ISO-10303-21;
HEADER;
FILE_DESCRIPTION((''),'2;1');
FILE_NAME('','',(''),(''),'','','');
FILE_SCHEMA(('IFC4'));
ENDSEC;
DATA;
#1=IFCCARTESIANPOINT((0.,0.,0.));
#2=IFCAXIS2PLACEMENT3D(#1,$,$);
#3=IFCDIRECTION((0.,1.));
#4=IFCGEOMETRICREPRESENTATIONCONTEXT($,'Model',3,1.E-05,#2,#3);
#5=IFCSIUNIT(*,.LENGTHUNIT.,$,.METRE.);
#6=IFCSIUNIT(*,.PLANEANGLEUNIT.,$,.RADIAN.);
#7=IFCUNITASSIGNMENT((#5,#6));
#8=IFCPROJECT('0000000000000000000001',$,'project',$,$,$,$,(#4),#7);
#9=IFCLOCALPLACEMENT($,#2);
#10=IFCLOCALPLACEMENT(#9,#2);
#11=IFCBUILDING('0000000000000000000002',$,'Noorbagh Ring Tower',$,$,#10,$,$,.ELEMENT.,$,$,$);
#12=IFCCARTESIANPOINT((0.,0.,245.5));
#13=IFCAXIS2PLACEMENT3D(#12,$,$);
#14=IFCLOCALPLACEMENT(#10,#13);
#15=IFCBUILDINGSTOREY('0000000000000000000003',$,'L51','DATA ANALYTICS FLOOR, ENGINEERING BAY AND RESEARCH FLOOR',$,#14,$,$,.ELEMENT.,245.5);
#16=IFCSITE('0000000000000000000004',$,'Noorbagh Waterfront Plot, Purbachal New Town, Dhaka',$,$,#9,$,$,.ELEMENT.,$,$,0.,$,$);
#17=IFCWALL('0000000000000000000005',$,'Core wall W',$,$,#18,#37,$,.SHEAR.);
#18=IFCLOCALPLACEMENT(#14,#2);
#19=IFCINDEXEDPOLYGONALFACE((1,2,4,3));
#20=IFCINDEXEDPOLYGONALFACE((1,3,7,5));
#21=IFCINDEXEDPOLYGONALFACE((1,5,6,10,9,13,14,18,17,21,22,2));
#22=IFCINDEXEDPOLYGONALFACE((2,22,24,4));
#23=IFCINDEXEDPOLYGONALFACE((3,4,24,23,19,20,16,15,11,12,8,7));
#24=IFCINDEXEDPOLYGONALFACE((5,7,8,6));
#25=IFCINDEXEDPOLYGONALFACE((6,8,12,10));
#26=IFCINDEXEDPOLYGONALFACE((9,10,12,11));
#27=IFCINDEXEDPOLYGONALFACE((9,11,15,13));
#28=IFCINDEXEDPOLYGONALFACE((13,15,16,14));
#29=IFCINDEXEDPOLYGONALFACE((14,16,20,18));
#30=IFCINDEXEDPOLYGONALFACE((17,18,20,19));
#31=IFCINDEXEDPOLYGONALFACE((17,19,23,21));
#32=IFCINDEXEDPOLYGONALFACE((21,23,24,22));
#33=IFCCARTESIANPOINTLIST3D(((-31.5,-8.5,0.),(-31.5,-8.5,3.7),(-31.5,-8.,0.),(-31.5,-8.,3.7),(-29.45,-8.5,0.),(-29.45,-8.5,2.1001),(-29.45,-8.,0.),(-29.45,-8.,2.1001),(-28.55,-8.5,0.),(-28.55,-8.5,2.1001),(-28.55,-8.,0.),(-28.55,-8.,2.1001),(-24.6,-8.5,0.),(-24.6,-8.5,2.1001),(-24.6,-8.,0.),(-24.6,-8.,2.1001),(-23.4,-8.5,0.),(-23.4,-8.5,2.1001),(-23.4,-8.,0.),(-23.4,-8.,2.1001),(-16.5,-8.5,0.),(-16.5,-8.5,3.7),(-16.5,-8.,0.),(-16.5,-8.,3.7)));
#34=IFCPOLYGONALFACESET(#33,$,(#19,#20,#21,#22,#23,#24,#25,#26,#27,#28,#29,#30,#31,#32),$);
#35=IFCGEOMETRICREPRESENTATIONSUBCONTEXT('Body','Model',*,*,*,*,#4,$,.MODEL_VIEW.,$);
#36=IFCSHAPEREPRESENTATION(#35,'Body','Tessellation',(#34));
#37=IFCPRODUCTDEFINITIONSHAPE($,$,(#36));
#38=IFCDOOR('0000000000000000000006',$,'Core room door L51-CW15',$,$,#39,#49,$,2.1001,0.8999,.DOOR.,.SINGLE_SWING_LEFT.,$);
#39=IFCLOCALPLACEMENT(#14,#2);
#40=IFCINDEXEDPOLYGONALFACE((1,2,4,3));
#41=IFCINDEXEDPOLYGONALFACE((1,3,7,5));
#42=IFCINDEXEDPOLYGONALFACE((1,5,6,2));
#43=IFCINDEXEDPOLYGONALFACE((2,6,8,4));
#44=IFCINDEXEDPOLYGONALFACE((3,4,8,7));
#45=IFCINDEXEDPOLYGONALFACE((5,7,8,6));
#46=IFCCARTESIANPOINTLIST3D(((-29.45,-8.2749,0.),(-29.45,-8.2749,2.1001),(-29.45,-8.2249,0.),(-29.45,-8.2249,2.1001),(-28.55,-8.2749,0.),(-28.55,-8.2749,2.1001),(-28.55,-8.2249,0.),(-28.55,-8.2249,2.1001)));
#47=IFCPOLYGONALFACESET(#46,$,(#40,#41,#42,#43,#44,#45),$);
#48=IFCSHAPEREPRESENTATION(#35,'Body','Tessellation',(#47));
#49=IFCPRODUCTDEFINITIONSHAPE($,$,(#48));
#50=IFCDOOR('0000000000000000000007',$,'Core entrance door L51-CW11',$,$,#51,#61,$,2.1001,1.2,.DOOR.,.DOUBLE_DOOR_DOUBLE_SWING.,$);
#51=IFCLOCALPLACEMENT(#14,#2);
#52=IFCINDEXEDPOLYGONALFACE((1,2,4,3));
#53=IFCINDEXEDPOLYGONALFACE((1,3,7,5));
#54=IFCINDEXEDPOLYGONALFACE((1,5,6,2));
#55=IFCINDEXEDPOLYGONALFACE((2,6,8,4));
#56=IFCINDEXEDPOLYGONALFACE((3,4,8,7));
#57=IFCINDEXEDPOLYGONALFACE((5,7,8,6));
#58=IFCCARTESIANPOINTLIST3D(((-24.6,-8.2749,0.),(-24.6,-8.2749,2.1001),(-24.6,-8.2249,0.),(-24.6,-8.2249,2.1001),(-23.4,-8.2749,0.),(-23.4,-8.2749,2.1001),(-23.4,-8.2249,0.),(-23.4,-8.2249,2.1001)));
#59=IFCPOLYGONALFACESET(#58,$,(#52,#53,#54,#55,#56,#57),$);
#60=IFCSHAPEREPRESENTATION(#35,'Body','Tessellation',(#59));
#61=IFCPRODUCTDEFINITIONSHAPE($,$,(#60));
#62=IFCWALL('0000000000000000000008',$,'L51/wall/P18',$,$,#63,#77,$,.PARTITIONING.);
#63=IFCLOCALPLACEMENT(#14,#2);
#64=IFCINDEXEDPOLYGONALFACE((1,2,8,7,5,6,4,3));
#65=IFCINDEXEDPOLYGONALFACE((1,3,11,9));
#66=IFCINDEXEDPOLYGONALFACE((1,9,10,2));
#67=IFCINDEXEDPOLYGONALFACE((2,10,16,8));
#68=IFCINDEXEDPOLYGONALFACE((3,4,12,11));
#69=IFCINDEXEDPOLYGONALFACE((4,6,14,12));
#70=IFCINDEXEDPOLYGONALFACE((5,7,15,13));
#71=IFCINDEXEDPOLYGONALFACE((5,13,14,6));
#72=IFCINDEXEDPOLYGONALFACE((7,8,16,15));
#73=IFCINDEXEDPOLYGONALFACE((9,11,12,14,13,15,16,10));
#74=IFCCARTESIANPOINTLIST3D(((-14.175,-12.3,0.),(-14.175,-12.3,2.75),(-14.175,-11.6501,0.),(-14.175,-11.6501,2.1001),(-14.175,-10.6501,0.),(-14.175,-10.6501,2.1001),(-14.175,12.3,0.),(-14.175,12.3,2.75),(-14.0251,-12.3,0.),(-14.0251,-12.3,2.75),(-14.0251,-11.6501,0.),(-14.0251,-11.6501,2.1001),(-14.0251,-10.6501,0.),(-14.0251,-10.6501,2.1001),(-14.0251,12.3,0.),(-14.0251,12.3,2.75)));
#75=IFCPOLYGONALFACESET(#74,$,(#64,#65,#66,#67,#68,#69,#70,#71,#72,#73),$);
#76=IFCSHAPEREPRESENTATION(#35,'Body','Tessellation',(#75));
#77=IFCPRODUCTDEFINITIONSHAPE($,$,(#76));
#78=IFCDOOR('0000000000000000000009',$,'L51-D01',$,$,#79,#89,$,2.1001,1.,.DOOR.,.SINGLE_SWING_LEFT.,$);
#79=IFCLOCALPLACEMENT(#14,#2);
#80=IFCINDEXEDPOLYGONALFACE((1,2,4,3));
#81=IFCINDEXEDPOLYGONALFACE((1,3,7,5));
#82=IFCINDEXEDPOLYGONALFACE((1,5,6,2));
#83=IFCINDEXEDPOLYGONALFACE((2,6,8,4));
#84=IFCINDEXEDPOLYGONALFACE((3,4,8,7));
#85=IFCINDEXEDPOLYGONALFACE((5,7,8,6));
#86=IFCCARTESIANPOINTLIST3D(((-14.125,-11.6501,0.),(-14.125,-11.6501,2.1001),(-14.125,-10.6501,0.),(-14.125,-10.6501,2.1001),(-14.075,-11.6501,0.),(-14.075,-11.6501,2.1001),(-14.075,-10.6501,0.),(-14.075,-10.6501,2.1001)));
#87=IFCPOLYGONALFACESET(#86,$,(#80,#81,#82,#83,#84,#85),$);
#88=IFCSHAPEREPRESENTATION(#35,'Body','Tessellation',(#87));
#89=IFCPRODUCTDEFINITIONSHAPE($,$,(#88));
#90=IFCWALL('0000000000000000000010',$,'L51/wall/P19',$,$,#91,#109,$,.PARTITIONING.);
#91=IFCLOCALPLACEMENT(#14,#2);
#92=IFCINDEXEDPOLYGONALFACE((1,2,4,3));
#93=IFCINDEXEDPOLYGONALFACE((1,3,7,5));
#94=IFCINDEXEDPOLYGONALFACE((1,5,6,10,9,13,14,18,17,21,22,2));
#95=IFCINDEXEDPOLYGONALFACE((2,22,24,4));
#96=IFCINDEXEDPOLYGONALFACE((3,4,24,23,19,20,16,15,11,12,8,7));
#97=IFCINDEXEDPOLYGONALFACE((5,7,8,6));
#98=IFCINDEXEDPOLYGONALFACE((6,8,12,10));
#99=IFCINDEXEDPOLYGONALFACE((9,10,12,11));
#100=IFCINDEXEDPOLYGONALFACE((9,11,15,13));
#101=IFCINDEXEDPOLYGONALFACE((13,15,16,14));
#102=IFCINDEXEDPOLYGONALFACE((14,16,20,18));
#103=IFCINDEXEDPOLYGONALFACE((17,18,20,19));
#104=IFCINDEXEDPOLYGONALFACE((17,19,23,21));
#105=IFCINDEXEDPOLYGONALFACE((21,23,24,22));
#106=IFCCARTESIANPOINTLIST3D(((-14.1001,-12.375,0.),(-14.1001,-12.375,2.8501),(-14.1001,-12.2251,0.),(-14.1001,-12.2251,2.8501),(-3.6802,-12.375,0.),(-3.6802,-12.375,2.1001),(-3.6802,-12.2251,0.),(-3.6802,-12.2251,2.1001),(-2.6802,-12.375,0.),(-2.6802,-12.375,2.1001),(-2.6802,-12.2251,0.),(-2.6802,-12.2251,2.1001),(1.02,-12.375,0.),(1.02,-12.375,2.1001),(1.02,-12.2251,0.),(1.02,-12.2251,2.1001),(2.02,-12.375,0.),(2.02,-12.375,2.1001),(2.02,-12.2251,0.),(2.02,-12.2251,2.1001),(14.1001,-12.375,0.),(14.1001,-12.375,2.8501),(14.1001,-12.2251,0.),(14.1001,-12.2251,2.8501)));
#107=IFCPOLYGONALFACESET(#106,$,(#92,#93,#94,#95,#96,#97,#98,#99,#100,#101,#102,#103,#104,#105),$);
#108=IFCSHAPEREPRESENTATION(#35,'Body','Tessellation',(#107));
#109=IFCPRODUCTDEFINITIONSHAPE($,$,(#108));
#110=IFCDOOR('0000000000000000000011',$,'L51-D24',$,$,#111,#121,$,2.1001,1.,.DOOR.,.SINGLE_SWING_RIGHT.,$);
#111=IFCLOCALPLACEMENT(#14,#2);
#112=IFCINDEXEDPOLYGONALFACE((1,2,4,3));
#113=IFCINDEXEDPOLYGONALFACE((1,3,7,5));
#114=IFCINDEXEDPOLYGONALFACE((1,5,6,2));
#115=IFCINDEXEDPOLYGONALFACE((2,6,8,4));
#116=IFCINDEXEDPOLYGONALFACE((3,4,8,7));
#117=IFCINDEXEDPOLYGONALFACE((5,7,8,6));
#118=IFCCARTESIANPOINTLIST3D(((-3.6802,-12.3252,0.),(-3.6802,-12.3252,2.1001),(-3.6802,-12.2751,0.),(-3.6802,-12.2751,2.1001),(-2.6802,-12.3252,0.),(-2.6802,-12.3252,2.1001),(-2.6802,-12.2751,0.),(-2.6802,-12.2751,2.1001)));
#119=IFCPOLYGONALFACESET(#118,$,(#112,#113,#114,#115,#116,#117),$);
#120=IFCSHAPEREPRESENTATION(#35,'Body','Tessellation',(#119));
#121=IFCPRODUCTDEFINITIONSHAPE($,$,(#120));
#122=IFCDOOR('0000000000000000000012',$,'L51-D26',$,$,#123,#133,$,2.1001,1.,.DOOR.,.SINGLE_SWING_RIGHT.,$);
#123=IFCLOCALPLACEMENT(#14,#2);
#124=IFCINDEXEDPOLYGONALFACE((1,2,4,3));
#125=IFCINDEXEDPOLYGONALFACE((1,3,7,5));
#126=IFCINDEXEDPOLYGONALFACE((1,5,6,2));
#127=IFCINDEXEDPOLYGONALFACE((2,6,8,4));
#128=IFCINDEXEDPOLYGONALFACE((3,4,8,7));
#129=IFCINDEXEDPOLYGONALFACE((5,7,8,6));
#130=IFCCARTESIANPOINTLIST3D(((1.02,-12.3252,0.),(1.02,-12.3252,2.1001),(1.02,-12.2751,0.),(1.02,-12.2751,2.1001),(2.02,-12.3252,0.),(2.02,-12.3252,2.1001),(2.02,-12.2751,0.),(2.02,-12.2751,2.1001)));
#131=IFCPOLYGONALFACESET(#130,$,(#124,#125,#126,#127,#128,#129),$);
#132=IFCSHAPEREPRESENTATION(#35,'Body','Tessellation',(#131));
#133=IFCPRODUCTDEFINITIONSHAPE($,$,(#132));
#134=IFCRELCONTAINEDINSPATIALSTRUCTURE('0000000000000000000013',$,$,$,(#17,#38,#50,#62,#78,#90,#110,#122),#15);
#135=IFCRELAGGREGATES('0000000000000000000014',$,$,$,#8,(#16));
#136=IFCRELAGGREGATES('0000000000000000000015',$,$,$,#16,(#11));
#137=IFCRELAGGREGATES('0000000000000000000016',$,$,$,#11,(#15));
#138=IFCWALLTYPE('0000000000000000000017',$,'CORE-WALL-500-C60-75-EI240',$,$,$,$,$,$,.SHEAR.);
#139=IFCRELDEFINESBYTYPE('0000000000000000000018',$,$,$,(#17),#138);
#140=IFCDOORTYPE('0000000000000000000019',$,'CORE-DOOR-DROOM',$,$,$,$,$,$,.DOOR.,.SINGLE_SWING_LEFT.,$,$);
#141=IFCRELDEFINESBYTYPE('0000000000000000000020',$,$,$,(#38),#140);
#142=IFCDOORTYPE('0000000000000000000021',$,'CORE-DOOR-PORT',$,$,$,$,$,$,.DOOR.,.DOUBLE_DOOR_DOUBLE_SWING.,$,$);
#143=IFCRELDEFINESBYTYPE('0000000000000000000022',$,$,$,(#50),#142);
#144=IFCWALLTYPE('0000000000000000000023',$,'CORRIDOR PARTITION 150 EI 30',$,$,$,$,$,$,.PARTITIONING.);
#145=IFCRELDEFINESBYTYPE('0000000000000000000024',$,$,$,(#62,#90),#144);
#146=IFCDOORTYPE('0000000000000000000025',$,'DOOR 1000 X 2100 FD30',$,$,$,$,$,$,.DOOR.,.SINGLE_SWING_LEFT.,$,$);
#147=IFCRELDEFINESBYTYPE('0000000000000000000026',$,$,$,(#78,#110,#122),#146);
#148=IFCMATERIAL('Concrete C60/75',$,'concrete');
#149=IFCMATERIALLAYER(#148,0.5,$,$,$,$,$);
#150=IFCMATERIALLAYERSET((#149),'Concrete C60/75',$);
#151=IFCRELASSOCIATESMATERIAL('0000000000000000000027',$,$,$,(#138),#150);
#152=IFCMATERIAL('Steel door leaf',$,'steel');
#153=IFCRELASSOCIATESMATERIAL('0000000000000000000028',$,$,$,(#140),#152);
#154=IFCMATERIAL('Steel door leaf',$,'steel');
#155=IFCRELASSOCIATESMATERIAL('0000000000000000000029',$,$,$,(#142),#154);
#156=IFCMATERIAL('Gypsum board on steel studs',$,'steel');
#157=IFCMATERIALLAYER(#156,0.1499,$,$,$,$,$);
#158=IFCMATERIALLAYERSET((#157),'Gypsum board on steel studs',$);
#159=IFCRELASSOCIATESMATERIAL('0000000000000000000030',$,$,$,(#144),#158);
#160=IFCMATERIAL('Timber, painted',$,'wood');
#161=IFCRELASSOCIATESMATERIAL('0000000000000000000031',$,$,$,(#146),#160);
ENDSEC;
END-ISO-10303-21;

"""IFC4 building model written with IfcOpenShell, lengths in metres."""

from ifc_helpers import new_model, si_unit, direction, frame, frame_2d, origin, place, context, subcontext, project, spatial, rectangle, extrude, material, layer, layer_set, type_object, element, fill, save


model = new_model("IFC4")

# Units and contexts
model_context = context("Model", 3, precision=1e-05, world=origin(), true_north=direction((0.0, 1.0)))
body_context = subcontext(model_context, "Body", "Model", "MODEL_VIEW")
ifc_project = project(units=[si_unit("LENGTHUNIT", "METRE"), si_unit("PLANEANGLEUNIT", "RADIAN")], contexts=[model_context])

# Site, building, storey
site_placement = place(None, origin())
site = spatial("IfcSite", under=ifc_project, at=site_placement, Name="Noorbagh Waterfront Plot, Purbachal New Town, Dhaka", CompositionType="ELEMENT", RefElevation=0.0)
building_placement = place(site_placement, origin())
building = spatial("IfcBuilding", under=site, at=building_placement, Name="Noorbagh Ring Tower", CompositionType="ELEMENT")
storey_placement = place(building_placement, frame((0.0, 0.0, 245.5)))
storey = spatial("IfcBuildingStorey", under=building, at=storey_placement, Name="L51", Description="DATA ANALYTICS FLOOR, ENGINEERING BAY AND RESEARCH FLOOR", CompositionType="ELEMENT", Elevation=245.5)

# Wall, openings, doors
ifc_material_1 = material(Name="Concrete C60/75", Category="concrete")
ifc_layer_1 = layer(ifc_material_1, 0.5)
ifc_layer_set_1 = layer_set([ifc_layer_1], Name="Concrete C60/75")
wall_type_1 = type_object("IfcWallType", Name="CORE-WALL-500-C60-75-EI240", PredefinedType="SHEAR", material=ifc_layer_set_1)
wall_1_placement = place(storey_placement, frame((-16.5, -8.25, 0.0), z_axis=(0.0, 0.0, 1.0), x_axis=(-1.0, 0.0, 0.0)))
wall_1 = element("IfcWall", 1, at=wall_1_placement, inside=storey, type_object=wall_type_1, Name="Core wall W", PredefinedType="SHEAR", context=body_context, shape_type="SweptSolid", body=[
    extrude(rectangle(XDim=15.0, YDim=0.5, at=frame_2d((7.5, 0.0))), origin(), (0.0, 0.0, 1.0), 3.7),
])
opening_1_placement = place(wall_1_placement, frame((6.8999, 0.0, 0.0)))
opening_1 = element("IfcOpeningElement", 2, at=opening_1_placement, cuts=wall_1, PredefinedType="OPENING", context=body_context, shape_type="SweptSolid", body=[
    extrude(rectangle(XDim=1.2, YDim=2.1001, at=frame_2d((0.6001, 1.05))), frame((0.0, 0.26, 0.0), z_axis=(0.0, -1.0, 0.0), x_axis=(1.0, 0.0, 0.0)), (0.0, 0.0, 1.0), 0.52),
])
opening_2_placement = place(wall_1_placement, frame((12.05, 0.0, 0.0)))
opening_2 = element("IfcOpeningElement", 3, at=opening_2_placement, cuts=wall_1, PredefinedType="OPENING", context=body_context, shape_type="SweptSolid", body=[
    extrude(rectangle(XDim=0.8999, YDim=2.1001, at=frame_2d((0.45, 1.05))), frame((0.0, 0.26, 0.0), z_axis=(0.0, -1.0, 0.0), x_axis=(1.0, 0.0, 0.0)), (0.0, 0.0, 1.0), 0.52),
])
ifc_material_2 = material(Name="Steel door leaf", Category="steel")
door_type_1 = type_object("IfcDoorType", Name="CORE-DOOR-DROOM", OperationType="SINGLE_SWING_LEFT", PredefinedType="DOOR", material=ifc_material_2)
door_1_placement = place(opening_2_placement, origin())
door_1 = element("IfcDoor", 4, at=door_1_placement, inside=storey, type_object=door_type_1, Name="Core room door L51-CW15", OperationType="SINGLE_SWING_LEFT", OverallHeight=2.1001, OverallWidth=0.8999, PredefinedType="DOOR", context=body_context, shape_type="SweptSolid", body=[
    extrude(rectangle(XDim=0.8999, YDim=2.1001, at=frame_2d((0.45, 1.05))), frame((0.0, 0.0249, 0.0), z_axis=(0.0, -1.0, 0.0), x_axis=(1.0, 0.0, 0.0)), (0.0, 0.0, 1.0), 0.05),
])
fill(opening_2, door_1)
ifc_material_3 = material(Name="Steel door leaf", Category="steel")
door_type_2 = type_object("IfcDoorType", Name="CORE-DOOR-PORT", OperationType="DOUBLE_DOOR_DOUBLE_SWING", PredefinedType="DOOR", material=ifc_material_3)
door_2_placement = place(opening_1_placement, origin())
door_2 = element("IfcDoor", 5, at=door_2_placement, inside=storey, type_object=door_type_2, Name="Core entrance door L51-CW11", OperationType="DOUBLE_DOOR_DOUBLE_SWING", OverallHeight=2.1001, OverallWidth=1.2, PredefinedType="DOOR", context=body_context, shape_type="SweptSolid", body=[
    extrude(rectangle(XDim=1.2, YDim=2.1001, at=frame_2d((0.6001, 1.05))), frame((0.0, 0.0249, 0.0), z_axis=(0.0, -1.0, 0.0), x_axis=(1.0, 0.0, 0.0)), (0.0, 0.0, 1.0), 0.05),
])
fill(opening_1, door_2)

# Wall, opening, door
ifc_material_4 = material(Name="Gypsum board on steel studs", Category="steel")
ifc_layer_2 = layer(ifc_material_4, 0.1499)
ifc_layer_set_2 = layer_set([ifc_layer_2], Name="Gypsum board on steel studs")
wall_type_2 = type_object("IfcWallType", Name="CORRIDOR PARTITION 150 EI 30", PredefinedType="PARTITIONING", material=ifc_layer_set_2)
wall_2_placement = place(storey_placement, frame((-14.1001, -12.3, 0.0), z_axis=(0.0, 0.0, 1.0), x_axis=(0.0, 1.0, 0.0)))
wall_2 = element("IfcWall", 6, at=wall_2_placement, inside=storey, type_object=wall_type_2, Name="L51/wall/P18", PredefinedType="PARTITIONING", context=body_context, shape_type="SweptSolid", body=[
    extrude(rectangle(XDim=24.6001, YDim=0.1499, at=frame_2d((12.3, 0.0))), origin(), (0.0, 0.0, 1.0), 2.75),
])
opening_3_placement = place(wall_2_placement, frame((0.6499, 0.0, 0.0)))
opening_3 = element("IfcOpeningElement", 7, at=opening_3_placement, cuts=wall_2, PredefinedType="OPENING", context=body_context, shape_type="SweptSolid", body=[
    extrude(rectangle(XDim=1.0, YDim=2.1001, at=frame_2d((0.5, 1.05))), frame((0.0, 0.085, 0.0), z_axis=(0.0, -1.0, 0.0), x_axis=(1.0, 0.0, 0.0)), (0.0, 0.0, 1.0), 0.1699),
])
ifc_material_5 = material(Name="Timber, painted", Category="wood")
door_type_3 = type_object("IfcDoorType", Name="DOOR 1000 X 2100 FD30", OperationType="SINGLE_SWING_LEFT", PredefinedType="DOOR", material=ifc_material_5)
door_3_placement = place(opening_3_placement, origin())
door_3 = element("IfcDoor", 8, at=door_3_placement, inside=storey, type_object=door_type_3, Name="L51-D01", OperationType="SINGLE_SWING_LEFT", OverallHeight=2.1001, OverallWidth=1.0, PredefinedType="DOOR", context=body_context, shape_type="SweptSolid", body=[
    extrude(rectangle(XDim=1.0, YDim=2.1001, at=frame_2d((0.5, 1.05))), frame((0.0, 0.0249, 0.0), z_axis=(0.0, -1.0, 0.0), x_axis=(1.0, 0.0, 0.0)), (0.0, 0.0, 1.0), 0.05),
])
fill(opening_3, door_3)

# Wall, openings, doors
wall_3_placement = place(storey_placement, frame((-14.1001, -12.3, 0.0), z_axis=(0.0, 0.0, 1.0), x_axis=(1.0, 0.0, 0.0)))
wall_3 = element("IfcWall", 9, at=wall_3_placement, inside=storey, type_object=wall_type_2, Name="L51/wall/P19", PredefinedType="PARTITIONING", context=body_context, shape_type="SweptSolid", body=[
    extrude(rectangle(XDim=28.2002, YDim=0.1499, at=frame_2d((14.1001, 0.0))), origin(), (0.0, 0.0, 1.0), 2.8501),
])
opening_4_placement = place(wall_3_placement, frame((10.4199, 0.0, 0.0)))
opening_4 = element("IfcOpeningElement", 10, at=opening_4_placement, cuts=wall_3, PredefinedType="OPENING", context=body_context, shape_type="SweptSolid", body=[
    extrude(rectangle(XDim=1.0, YDim=2.1001, at=frame_2d((0.5, 1.05))), frame((0.0, 0.085, 0.0), z_axis=(0.0, -1.0, 0.0), x_axis=(1.0, 0.0, 0.0)), (0.0, 0.0, 1.0), 0.1699),
])
opening_5_placement = place(wall_3_placement, frame((15.1201, 0.0, 0.0)))
opening_5 = element("IfcOpeningElement", 11, at=opening_5_placement, cuts=wall_3, PredefinedType="OPENING", context=body_context, shape_type="SweptSolid", body=[
    extrude(rectangle(XDim=1.0, YDim=2.1001, at=frame_2d((0.5, 1.05))), frame((0.0, 0.085, 0.0), z_axis=(0.0, -1.0, 0.0), x_axis=(1.0, 0.0, 0.0)), (0.0, 0.0, 1.0), 0.1699),
])
door_4_placement = place(opening_4_placement, origin())
door_4 = element("IfcDoor", 12, at=door_4_placement, inside=storey, type_object=door_type_3, Name="L51-D24", OperationType="SINGLE_SWING_RIGHT", OverallHeight=2.1001, OverallWidth=1.0, PredefinedType="DOOR", context=body_context, shape_type="SweptSolid", body=[
    extrude(rectangle(XDim=1.0, YDim=2.1001, at=frame_2d((0.5, 1.05))), frame((0.0, 0.0249, 0.0), z_axis=(0.0, -1.0, 0.0), x_axis=(1.0, 0.0, 0.0)), (0.0, 0.0, 1.0), 0.05),
])
fill(opening_4, door_4)
door_5_placement = place(opening_5_placement, origin())
door_5 = element("IfcDoor", 13, at=door_5_placement, inside=storey, type_object=door_type_3, Name="L51-D26", OperationType="SINGLE_SWING_RIGHT", OverallHeight=2.1001, OverallWidth=1.0, PredefinedType="DOOR", context=body_context, shape_type="SweptSolid", body=[
    extrude(rectangle(XDim=1.0, YDim=2.1001, at=frame_2d((0.5, 1.05))), frame((0.0, 0.0249, 0.0), z_axis=(0.0, -1.0, 0.0), x_axis=(1.0, 0.0, 0.0)), (0.0, 0.0, 1.0), 0.05),
])
fill(opening_5, door_5)

save(model, "model.ifc")
